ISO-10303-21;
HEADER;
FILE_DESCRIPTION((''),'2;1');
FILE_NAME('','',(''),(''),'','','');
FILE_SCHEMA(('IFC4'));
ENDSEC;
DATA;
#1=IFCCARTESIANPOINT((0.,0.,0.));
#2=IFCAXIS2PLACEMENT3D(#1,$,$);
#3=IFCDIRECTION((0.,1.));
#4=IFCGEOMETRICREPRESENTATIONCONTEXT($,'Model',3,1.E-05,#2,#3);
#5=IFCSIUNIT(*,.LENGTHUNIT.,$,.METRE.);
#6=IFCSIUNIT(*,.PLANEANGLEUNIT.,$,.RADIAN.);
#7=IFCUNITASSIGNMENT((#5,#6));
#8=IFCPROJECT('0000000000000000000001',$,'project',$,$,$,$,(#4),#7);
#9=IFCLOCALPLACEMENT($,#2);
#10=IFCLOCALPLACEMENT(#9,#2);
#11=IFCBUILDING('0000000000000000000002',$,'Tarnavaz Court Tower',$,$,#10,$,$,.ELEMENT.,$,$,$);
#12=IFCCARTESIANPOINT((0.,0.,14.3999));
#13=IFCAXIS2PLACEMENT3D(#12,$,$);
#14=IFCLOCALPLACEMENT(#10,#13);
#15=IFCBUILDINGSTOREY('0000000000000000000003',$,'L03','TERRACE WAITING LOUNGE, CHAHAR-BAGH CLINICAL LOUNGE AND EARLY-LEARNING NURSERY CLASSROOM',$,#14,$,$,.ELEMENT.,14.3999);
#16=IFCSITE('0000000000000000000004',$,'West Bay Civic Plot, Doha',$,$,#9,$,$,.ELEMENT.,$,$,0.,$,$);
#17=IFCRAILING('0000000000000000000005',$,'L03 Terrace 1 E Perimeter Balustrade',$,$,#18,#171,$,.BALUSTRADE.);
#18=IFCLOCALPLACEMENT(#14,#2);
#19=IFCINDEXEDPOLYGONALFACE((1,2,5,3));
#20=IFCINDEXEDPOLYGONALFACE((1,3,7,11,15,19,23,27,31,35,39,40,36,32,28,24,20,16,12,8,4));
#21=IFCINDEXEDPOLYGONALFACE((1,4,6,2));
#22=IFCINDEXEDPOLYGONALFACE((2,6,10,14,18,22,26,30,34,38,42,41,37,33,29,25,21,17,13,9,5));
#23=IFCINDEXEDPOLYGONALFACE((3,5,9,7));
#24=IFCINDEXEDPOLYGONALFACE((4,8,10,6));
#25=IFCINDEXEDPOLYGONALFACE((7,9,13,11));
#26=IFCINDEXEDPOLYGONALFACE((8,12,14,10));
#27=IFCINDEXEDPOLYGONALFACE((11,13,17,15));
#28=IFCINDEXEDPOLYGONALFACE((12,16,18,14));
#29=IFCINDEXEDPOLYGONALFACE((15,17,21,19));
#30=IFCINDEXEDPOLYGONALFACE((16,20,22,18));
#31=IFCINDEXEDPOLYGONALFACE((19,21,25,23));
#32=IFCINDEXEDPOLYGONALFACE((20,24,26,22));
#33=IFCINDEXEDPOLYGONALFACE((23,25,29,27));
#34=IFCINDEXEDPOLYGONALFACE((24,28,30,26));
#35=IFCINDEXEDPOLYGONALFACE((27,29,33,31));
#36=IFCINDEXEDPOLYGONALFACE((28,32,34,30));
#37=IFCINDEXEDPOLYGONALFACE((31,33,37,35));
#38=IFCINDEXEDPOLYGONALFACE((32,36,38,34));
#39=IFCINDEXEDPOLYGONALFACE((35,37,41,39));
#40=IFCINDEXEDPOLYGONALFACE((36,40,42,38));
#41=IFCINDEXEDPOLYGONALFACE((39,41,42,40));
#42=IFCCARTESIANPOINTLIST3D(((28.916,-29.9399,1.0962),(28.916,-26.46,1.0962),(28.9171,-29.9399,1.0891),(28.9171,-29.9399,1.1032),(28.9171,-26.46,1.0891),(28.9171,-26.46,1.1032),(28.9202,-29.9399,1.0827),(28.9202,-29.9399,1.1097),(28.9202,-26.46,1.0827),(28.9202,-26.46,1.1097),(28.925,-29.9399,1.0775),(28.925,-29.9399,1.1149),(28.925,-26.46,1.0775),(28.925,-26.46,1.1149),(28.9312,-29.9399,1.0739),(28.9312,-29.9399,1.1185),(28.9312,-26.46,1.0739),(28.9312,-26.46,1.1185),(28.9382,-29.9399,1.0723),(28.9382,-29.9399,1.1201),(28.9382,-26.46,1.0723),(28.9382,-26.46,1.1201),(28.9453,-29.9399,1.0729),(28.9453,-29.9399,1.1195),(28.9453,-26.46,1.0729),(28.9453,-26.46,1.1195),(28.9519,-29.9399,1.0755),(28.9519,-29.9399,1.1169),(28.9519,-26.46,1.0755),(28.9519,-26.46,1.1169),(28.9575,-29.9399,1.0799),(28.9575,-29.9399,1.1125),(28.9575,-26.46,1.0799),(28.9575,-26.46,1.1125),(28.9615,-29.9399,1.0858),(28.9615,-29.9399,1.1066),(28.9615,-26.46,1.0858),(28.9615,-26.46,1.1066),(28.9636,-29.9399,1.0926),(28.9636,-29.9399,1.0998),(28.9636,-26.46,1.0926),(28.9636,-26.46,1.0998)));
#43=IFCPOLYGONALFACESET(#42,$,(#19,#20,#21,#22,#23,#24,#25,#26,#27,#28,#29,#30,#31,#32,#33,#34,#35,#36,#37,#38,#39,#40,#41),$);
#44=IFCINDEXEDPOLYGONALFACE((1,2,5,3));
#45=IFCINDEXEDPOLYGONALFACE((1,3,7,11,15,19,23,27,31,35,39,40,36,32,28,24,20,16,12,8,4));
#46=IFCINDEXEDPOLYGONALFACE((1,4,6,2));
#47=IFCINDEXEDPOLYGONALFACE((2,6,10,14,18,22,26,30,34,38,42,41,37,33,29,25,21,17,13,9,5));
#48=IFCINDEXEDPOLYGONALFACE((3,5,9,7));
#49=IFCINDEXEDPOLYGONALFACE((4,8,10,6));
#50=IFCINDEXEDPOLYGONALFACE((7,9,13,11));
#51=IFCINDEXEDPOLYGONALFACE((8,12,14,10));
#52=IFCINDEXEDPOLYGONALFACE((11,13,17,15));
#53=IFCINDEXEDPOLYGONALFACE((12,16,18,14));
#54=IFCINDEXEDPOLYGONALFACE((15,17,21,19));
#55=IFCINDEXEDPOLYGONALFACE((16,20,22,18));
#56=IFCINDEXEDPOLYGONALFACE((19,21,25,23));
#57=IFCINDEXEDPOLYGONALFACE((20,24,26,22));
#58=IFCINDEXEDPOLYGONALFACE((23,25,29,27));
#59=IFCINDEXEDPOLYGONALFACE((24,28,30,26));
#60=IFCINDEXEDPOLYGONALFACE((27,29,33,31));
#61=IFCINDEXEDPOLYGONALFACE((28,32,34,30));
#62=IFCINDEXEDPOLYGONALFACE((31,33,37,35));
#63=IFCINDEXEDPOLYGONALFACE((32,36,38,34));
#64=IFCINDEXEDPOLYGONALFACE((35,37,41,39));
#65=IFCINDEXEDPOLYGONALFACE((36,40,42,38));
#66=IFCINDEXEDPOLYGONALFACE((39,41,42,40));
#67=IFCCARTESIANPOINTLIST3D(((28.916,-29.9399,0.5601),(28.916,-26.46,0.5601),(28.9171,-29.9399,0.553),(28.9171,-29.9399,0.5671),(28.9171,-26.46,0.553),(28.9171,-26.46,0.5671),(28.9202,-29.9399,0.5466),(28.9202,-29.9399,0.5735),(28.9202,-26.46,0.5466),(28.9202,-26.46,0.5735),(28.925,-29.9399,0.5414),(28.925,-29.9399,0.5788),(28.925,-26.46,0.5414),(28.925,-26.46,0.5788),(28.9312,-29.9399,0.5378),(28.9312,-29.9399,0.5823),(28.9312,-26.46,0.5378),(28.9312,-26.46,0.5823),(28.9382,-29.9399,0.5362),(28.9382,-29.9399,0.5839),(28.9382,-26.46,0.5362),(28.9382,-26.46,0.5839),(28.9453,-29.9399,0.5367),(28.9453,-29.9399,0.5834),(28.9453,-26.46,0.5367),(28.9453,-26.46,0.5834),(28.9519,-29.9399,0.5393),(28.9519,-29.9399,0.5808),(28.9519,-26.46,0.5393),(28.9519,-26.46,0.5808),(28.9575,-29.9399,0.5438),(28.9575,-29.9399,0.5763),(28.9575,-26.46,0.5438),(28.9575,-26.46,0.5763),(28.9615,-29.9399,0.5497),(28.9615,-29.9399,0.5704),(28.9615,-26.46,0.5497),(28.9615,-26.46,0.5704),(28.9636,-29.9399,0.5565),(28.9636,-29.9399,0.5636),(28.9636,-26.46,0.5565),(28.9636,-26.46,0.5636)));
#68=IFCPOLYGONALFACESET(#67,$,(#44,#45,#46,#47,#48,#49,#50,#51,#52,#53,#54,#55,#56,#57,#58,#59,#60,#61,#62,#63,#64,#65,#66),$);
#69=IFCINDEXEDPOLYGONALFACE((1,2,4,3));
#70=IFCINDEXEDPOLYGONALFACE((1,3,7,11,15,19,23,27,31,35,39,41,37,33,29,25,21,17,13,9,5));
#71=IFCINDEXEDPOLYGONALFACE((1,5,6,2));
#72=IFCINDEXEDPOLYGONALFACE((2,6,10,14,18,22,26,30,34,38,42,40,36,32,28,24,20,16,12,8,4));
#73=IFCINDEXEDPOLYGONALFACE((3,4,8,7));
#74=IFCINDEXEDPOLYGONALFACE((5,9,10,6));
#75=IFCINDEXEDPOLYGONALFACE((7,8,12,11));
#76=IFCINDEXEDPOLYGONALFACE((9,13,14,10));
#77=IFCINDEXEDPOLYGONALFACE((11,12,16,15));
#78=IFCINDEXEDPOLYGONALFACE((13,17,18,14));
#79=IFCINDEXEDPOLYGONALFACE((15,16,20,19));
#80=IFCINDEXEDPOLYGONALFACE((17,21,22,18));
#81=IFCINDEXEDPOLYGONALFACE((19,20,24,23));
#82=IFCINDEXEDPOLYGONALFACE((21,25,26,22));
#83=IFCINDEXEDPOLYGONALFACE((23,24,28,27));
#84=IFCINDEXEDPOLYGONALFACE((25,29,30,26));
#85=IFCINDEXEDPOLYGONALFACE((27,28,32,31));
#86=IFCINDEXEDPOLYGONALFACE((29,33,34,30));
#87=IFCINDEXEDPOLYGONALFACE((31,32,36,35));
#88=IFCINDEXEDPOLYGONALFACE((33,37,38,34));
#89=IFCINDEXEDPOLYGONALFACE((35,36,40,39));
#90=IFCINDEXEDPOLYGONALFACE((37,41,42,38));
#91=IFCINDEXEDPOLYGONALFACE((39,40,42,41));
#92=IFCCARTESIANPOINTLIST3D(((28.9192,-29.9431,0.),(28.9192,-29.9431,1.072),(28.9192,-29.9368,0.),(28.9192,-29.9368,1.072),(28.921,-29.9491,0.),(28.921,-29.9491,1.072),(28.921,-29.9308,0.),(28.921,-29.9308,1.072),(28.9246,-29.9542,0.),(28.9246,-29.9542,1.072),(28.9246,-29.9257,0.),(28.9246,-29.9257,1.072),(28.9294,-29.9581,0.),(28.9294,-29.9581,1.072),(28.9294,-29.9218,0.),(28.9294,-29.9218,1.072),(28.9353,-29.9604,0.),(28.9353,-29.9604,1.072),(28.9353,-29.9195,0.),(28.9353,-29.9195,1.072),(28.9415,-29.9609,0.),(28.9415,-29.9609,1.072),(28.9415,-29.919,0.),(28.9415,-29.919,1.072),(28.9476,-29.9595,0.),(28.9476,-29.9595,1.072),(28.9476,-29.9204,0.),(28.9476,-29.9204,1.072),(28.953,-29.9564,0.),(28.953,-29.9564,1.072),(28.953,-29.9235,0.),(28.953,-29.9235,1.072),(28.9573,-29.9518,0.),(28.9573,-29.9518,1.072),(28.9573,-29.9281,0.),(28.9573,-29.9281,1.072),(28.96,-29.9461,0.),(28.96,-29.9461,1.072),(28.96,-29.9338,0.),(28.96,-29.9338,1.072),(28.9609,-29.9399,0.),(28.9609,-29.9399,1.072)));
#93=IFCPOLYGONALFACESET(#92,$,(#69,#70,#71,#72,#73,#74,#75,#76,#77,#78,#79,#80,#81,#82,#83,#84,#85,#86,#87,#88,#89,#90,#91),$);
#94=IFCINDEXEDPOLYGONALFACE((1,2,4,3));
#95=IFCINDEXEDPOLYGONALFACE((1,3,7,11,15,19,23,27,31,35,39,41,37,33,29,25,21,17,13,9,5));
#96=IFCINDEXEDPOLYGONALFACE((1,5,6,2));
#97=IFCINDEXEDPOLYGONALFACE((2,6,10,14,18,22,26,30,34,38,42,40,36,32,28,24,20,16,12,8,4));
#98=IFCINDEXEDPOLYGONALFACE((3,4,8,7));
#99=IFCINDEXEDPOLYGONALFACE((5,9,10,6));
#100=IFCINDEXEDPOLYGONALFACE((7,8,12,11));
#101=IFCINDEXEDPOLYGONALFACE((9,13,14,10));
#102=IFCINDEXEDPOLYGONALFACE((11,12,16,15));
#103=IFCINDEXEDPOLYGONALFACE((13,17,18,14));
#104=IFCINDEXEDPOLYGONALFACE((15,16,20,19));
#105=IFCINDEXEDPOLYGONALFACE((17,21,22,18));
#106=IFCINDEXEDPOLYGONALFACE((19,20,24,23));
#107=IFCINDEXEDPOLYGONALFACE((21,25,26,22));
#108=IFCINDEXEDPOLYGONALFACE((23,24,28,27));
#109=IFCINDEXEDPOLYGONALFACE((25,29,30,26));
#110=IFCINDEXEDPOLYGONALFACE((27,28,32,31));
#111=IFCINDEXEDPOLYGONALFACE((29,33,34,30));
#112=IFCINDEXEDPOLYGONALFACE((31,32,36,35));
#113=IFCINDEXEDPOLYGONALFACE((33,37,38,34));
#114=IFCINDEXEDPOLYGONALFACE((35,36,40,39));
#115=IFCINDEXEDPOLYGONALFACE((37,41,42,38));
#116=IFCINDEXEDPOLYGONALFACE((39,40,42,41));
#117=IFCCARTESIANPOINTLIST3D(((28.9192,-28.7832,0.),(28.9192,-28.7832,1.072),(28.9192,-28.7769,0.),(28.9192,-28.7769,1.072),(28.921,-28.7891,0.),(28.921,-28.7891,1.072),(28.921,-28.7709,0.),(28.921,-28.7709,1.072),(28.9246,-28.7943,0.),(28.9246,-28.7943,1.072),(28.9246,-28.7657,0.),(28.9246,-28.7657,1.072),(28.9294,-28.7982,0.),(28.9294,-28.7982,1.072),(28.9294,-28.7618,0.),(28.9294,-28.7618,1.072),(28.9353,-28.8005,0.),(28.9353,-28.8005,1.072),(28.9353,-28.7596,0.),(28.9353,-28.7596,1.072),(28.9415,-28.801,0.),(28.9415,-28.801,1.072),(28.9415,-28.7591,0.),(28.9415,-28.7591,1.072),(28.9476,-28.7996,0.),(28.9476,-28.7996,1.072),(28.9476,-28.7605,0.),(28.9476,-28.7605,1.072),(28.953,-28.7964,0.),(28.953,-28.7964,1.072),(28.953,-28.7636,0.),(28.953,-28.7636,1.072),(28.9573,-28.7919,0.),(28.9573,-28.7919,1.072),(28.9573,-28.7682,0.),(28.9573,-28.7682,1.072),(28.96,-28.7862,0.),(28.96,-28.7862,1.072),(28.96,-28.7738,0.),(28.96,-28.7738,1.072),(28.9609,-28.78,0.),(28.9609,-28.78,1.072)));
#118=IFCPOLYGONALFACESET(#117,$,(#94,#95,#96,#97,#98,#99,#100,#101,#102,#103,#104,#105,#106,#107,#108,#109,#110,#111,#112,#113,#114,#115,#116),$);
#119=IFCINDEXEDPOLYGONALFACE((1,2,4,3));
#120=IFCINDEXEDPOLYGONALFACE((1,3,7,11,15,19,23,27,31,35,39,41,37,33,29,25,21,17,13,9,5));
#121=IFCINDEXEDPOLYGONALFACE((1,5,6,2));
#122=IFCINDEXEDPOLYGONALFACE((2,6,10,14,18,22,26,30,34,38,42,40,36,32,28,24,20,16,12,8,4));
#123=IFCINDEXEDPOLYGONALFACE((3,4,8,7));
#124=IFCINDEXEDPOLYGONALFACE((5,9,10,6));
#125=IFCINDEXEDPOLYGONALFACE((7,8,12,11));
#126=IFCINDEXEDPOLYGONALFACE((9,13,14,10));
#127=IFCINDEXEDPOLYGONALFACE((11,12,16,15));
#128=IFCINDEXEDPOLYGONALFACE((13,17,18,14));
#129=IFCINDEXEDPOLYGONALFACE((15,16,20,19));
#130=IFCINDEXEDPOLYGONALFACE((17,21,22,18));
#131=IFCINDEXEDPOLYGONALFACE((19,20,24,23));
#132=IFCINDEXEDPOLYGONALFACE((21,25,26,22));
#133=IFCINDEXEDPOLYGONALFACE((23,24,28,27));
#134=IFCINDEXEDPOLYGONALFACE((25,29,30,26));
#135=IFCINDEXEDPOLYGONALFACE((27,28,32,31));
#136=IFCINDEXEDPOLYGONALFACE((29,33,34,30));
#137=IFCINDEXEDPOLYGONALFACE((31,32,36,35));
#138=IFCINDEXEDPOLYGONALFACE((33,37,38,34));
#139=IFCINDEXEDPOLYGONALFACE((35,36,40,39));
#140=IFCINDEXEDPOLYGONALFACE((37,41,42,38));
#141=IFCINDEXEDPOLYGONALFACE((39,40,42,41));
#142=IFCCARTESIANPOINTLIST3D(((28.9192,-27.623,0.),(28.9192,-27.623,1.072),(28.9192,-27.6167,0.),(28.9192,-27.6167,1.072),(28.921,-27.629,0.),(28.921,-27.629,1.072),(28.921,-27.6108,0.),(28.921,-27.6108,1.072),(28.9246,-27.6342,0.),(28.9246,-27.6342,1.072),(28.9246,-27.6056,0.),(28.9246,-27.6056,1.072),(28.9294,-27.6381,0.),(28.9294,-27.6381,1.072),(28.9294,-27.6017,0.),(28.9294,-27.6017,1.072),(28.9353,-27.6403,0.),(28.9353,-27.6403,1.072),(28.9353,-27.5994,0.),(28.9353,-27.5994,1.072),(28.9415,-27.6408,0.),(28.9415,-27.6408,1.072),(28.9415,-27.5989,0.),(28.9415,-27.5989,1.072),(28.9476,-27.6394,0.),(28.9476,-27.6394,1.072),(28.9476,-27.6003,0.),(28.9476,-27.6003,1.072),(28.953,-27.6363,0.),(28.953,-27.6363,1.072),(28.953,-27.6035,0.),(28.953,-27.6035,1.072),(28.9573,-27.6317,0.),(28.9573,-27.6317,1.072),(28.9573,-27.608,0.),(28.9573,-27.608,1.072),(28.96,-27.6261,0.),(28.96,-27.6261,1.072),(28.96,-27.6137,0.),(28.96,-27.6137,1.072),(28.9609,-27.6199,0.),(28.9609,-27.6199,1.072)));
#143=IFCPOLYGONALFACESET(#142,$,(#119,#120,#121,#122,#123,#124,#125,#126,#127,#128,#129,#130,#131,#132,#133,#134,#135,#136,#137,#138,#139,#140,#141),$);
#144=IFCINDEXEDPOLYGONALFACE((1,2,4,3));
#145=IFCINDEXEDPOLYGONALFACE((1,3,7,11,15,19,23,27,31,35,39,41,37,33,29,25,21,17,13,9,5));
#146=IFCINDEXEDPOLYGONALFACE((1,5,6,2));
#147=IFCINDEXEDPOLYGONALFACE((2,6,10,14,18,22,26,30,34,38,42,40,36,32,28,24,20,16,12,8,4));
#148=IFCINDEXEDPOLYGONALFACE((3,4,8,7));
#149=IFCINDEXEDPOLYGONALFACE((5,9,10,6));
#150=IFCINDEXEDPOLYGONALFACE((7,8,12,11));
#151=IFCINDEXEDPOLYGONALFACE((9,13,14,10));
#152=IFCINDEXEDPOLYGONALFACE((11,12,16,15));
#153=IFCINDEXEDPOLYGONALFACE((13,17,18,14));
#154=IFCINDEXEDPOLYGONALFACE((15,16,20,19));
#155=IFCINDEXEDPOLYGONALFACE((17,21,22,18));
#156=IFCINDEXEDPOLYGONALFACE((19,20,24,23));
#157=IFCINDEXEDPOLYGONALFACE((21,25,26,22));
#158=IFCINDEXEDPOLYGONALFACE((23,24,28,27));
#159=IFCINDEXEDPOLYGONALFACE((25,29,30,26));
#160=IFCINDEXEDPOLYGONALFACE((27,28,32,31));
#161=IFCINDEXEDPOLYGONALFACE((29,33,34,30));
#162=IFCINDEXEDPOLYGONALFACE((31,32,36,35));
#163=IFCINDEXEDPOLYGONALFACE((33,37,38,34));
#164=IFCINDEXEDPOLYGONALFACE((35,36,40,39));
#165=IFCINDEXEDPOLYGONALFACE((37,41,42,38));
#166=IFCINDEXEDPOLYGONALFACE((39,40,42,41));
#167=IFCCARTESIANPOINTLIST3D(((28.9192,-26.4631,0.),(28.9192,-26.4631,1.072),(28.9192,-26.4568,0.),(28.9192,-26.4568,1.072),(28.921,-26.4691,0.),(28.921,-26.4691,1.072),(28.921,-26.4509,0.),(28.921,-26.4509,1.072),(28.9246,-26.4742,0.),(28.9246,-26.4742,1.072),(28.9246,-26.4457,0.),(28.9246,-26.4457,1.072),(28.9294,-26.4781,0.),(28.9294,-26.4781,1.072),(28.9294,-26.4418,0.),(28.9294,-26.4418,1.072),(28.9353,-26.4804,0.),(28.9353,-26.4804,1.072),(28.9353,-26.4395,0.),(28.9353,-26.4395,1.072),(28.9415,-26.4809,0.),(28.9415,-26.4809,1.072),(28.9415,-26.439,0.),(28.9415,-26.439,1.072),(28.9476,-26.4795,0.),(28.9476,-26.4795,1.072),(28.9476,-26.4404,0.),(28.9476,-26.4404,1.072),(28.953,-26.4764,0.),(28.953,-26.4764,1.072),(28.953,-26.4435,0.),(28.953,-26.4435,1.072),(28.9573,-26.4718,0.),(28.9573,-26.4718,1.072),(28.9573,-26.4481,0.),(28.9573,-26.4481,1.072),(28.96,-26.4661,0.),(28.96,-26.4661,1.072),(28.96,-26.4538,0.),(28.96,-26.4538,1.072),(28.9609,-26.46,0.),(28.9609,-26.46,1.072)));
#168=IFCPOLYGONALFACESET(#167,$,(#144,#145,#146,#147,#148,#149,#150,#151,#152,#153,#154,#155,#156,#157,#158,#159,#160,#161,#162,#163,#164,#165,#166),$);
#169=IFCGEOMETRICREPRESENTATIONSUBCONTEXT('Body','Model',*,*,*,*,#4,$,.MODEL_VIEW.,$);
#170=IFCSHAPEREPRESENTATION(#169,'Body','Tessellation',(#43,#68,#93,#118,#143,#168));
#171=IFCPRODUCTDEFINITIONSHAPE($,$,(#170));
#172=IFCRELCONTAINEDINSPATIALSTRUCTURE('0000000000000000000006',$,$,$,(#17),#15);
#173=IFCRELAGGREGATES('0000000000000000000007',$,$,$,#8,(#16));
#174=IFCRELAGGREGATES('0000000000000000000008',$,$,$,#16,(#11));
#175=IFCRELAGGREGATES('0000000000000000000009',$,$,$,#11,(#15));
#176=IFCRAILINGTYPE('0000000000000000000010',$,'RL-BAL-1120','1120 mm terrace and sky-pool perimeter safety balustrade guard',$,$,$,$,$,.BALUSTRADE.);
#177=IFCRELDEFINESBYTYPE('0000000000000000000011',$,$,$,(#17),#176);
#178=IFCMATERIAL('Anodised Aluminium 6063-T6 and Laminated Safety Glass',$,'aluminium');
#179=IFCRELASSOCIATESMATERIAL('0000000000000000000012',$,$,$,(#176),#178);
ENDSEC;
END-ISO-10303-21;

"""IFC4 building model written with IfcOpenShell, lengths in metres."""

from ifc_helpers import new_model, si_unit, direction, frame, origin, origin_2d, place, context, subcontext, project, spatial, circle, extrude, material, type_object, element, save


model = new_model("IFC4")

# Units and contexts
model_context = context("Model", 3, precision=1e-05, world=origin(), true_north=direction((0.0, 1.0)))
body_context = subcontext(model_context, "Body", "Model", "MODEL_VIEW")
ifc_project = project(units=[si_unit("LENGTHUNIT", "METRE"), si_unit("PLANEANGLEUNIT", "RADIAN")], contexts=[model_context])

# Site, building, storey
site_placement = place(None, origin())
site = spatial("IfcSite", under=ifc_project, at=site_placement, Name="West Bay Civic Plot, Doha", CompositionType="ELEMENT", RefElevation=0.0)
building_placement = place(site_placement, origin())
building = spatial("IfcBuilding", under=site, at=building_placement, Name="Tarnavaz Court Tower", CompositionType="ELEMENT")
storey_placement = place(building_placement, frame((0.0, 0.0, 14.3999)))
storey = spatial("IfcBuildingStorey", under=building, at=storey_placement, Name="L03", Description="TERRACE WAITING LOUNGE, CHAHAR-BAGH CLINICAL LOUNGE AND EARLY-LEARNING NURSERY CLASSROOM", CompositionType="ELEMENT", Elevation=14.3999)

# Railing
ifc_material_1 = material(Name="Anodised Aluminium 6063-T6 and Laminated Safety Glass", Category="aluminium")
railing_type_1 = type_object("IfcRailingType", Name="RL-BAL-1120", Description="1120 mm terrace and sky-pool perimeter safety balustrade guard", PredefinedType="BALUSTRADE", material=ifc_material_1)
railing_1_placement = place(storey_placement, frame((28.9399, -29.9399, 0.0)))
element("IfcRailing", 1, at=railing_1_placement, inside=storey, type_object=railing_type_1, Name="L03 Terrace 1 E Perimeter Balustrade", PredefinedType="BALUSTRADE", context=body_context, shape_type="SweptSolid", body=[
    extrude(circle(Radius=0.0239, at=origin_2d()), frame((0.0, 0.0, 1.0962), z_axis=(0.0, 1.0, 0.0), x_axis=(-1.0, 0.0, 0.0)), (0.0, 0.0, 1.0), 3.48),
    extrude(circle(Radius=0.0239, at=origin_2d()), frame((0.0, 0.0, 0.5601), z_axis=(0.0, 1.0, 0.0), x_axis=(-1.0, 0.0, 0.0)), (0.0, 0.0, 1.0), 3.48),
    extrude(circle(Radius=0.021, at=origin_2d()), origin(), (0.0, 0.0, 1.0), 1.072),
    extrude(circle(Radius=0.021, at=origin_2d()), frame((0.0, 1.1599, 0.0)), (0.0, 0.0, 1.0), 1.072),
    extrude(circle(Radius=0.021, at=origin_2d()), frame((0.0, 2.3201, 0.0)), (0.0, 0.0, 1.0), 1.072),
    extrude(circle(Radius=0.021, at=origin_2d()), frame((0.0, 3.48, 0.0)), (0.0, 0.0, 1.0), 1.072),
])

save(model, "model.ifc")
